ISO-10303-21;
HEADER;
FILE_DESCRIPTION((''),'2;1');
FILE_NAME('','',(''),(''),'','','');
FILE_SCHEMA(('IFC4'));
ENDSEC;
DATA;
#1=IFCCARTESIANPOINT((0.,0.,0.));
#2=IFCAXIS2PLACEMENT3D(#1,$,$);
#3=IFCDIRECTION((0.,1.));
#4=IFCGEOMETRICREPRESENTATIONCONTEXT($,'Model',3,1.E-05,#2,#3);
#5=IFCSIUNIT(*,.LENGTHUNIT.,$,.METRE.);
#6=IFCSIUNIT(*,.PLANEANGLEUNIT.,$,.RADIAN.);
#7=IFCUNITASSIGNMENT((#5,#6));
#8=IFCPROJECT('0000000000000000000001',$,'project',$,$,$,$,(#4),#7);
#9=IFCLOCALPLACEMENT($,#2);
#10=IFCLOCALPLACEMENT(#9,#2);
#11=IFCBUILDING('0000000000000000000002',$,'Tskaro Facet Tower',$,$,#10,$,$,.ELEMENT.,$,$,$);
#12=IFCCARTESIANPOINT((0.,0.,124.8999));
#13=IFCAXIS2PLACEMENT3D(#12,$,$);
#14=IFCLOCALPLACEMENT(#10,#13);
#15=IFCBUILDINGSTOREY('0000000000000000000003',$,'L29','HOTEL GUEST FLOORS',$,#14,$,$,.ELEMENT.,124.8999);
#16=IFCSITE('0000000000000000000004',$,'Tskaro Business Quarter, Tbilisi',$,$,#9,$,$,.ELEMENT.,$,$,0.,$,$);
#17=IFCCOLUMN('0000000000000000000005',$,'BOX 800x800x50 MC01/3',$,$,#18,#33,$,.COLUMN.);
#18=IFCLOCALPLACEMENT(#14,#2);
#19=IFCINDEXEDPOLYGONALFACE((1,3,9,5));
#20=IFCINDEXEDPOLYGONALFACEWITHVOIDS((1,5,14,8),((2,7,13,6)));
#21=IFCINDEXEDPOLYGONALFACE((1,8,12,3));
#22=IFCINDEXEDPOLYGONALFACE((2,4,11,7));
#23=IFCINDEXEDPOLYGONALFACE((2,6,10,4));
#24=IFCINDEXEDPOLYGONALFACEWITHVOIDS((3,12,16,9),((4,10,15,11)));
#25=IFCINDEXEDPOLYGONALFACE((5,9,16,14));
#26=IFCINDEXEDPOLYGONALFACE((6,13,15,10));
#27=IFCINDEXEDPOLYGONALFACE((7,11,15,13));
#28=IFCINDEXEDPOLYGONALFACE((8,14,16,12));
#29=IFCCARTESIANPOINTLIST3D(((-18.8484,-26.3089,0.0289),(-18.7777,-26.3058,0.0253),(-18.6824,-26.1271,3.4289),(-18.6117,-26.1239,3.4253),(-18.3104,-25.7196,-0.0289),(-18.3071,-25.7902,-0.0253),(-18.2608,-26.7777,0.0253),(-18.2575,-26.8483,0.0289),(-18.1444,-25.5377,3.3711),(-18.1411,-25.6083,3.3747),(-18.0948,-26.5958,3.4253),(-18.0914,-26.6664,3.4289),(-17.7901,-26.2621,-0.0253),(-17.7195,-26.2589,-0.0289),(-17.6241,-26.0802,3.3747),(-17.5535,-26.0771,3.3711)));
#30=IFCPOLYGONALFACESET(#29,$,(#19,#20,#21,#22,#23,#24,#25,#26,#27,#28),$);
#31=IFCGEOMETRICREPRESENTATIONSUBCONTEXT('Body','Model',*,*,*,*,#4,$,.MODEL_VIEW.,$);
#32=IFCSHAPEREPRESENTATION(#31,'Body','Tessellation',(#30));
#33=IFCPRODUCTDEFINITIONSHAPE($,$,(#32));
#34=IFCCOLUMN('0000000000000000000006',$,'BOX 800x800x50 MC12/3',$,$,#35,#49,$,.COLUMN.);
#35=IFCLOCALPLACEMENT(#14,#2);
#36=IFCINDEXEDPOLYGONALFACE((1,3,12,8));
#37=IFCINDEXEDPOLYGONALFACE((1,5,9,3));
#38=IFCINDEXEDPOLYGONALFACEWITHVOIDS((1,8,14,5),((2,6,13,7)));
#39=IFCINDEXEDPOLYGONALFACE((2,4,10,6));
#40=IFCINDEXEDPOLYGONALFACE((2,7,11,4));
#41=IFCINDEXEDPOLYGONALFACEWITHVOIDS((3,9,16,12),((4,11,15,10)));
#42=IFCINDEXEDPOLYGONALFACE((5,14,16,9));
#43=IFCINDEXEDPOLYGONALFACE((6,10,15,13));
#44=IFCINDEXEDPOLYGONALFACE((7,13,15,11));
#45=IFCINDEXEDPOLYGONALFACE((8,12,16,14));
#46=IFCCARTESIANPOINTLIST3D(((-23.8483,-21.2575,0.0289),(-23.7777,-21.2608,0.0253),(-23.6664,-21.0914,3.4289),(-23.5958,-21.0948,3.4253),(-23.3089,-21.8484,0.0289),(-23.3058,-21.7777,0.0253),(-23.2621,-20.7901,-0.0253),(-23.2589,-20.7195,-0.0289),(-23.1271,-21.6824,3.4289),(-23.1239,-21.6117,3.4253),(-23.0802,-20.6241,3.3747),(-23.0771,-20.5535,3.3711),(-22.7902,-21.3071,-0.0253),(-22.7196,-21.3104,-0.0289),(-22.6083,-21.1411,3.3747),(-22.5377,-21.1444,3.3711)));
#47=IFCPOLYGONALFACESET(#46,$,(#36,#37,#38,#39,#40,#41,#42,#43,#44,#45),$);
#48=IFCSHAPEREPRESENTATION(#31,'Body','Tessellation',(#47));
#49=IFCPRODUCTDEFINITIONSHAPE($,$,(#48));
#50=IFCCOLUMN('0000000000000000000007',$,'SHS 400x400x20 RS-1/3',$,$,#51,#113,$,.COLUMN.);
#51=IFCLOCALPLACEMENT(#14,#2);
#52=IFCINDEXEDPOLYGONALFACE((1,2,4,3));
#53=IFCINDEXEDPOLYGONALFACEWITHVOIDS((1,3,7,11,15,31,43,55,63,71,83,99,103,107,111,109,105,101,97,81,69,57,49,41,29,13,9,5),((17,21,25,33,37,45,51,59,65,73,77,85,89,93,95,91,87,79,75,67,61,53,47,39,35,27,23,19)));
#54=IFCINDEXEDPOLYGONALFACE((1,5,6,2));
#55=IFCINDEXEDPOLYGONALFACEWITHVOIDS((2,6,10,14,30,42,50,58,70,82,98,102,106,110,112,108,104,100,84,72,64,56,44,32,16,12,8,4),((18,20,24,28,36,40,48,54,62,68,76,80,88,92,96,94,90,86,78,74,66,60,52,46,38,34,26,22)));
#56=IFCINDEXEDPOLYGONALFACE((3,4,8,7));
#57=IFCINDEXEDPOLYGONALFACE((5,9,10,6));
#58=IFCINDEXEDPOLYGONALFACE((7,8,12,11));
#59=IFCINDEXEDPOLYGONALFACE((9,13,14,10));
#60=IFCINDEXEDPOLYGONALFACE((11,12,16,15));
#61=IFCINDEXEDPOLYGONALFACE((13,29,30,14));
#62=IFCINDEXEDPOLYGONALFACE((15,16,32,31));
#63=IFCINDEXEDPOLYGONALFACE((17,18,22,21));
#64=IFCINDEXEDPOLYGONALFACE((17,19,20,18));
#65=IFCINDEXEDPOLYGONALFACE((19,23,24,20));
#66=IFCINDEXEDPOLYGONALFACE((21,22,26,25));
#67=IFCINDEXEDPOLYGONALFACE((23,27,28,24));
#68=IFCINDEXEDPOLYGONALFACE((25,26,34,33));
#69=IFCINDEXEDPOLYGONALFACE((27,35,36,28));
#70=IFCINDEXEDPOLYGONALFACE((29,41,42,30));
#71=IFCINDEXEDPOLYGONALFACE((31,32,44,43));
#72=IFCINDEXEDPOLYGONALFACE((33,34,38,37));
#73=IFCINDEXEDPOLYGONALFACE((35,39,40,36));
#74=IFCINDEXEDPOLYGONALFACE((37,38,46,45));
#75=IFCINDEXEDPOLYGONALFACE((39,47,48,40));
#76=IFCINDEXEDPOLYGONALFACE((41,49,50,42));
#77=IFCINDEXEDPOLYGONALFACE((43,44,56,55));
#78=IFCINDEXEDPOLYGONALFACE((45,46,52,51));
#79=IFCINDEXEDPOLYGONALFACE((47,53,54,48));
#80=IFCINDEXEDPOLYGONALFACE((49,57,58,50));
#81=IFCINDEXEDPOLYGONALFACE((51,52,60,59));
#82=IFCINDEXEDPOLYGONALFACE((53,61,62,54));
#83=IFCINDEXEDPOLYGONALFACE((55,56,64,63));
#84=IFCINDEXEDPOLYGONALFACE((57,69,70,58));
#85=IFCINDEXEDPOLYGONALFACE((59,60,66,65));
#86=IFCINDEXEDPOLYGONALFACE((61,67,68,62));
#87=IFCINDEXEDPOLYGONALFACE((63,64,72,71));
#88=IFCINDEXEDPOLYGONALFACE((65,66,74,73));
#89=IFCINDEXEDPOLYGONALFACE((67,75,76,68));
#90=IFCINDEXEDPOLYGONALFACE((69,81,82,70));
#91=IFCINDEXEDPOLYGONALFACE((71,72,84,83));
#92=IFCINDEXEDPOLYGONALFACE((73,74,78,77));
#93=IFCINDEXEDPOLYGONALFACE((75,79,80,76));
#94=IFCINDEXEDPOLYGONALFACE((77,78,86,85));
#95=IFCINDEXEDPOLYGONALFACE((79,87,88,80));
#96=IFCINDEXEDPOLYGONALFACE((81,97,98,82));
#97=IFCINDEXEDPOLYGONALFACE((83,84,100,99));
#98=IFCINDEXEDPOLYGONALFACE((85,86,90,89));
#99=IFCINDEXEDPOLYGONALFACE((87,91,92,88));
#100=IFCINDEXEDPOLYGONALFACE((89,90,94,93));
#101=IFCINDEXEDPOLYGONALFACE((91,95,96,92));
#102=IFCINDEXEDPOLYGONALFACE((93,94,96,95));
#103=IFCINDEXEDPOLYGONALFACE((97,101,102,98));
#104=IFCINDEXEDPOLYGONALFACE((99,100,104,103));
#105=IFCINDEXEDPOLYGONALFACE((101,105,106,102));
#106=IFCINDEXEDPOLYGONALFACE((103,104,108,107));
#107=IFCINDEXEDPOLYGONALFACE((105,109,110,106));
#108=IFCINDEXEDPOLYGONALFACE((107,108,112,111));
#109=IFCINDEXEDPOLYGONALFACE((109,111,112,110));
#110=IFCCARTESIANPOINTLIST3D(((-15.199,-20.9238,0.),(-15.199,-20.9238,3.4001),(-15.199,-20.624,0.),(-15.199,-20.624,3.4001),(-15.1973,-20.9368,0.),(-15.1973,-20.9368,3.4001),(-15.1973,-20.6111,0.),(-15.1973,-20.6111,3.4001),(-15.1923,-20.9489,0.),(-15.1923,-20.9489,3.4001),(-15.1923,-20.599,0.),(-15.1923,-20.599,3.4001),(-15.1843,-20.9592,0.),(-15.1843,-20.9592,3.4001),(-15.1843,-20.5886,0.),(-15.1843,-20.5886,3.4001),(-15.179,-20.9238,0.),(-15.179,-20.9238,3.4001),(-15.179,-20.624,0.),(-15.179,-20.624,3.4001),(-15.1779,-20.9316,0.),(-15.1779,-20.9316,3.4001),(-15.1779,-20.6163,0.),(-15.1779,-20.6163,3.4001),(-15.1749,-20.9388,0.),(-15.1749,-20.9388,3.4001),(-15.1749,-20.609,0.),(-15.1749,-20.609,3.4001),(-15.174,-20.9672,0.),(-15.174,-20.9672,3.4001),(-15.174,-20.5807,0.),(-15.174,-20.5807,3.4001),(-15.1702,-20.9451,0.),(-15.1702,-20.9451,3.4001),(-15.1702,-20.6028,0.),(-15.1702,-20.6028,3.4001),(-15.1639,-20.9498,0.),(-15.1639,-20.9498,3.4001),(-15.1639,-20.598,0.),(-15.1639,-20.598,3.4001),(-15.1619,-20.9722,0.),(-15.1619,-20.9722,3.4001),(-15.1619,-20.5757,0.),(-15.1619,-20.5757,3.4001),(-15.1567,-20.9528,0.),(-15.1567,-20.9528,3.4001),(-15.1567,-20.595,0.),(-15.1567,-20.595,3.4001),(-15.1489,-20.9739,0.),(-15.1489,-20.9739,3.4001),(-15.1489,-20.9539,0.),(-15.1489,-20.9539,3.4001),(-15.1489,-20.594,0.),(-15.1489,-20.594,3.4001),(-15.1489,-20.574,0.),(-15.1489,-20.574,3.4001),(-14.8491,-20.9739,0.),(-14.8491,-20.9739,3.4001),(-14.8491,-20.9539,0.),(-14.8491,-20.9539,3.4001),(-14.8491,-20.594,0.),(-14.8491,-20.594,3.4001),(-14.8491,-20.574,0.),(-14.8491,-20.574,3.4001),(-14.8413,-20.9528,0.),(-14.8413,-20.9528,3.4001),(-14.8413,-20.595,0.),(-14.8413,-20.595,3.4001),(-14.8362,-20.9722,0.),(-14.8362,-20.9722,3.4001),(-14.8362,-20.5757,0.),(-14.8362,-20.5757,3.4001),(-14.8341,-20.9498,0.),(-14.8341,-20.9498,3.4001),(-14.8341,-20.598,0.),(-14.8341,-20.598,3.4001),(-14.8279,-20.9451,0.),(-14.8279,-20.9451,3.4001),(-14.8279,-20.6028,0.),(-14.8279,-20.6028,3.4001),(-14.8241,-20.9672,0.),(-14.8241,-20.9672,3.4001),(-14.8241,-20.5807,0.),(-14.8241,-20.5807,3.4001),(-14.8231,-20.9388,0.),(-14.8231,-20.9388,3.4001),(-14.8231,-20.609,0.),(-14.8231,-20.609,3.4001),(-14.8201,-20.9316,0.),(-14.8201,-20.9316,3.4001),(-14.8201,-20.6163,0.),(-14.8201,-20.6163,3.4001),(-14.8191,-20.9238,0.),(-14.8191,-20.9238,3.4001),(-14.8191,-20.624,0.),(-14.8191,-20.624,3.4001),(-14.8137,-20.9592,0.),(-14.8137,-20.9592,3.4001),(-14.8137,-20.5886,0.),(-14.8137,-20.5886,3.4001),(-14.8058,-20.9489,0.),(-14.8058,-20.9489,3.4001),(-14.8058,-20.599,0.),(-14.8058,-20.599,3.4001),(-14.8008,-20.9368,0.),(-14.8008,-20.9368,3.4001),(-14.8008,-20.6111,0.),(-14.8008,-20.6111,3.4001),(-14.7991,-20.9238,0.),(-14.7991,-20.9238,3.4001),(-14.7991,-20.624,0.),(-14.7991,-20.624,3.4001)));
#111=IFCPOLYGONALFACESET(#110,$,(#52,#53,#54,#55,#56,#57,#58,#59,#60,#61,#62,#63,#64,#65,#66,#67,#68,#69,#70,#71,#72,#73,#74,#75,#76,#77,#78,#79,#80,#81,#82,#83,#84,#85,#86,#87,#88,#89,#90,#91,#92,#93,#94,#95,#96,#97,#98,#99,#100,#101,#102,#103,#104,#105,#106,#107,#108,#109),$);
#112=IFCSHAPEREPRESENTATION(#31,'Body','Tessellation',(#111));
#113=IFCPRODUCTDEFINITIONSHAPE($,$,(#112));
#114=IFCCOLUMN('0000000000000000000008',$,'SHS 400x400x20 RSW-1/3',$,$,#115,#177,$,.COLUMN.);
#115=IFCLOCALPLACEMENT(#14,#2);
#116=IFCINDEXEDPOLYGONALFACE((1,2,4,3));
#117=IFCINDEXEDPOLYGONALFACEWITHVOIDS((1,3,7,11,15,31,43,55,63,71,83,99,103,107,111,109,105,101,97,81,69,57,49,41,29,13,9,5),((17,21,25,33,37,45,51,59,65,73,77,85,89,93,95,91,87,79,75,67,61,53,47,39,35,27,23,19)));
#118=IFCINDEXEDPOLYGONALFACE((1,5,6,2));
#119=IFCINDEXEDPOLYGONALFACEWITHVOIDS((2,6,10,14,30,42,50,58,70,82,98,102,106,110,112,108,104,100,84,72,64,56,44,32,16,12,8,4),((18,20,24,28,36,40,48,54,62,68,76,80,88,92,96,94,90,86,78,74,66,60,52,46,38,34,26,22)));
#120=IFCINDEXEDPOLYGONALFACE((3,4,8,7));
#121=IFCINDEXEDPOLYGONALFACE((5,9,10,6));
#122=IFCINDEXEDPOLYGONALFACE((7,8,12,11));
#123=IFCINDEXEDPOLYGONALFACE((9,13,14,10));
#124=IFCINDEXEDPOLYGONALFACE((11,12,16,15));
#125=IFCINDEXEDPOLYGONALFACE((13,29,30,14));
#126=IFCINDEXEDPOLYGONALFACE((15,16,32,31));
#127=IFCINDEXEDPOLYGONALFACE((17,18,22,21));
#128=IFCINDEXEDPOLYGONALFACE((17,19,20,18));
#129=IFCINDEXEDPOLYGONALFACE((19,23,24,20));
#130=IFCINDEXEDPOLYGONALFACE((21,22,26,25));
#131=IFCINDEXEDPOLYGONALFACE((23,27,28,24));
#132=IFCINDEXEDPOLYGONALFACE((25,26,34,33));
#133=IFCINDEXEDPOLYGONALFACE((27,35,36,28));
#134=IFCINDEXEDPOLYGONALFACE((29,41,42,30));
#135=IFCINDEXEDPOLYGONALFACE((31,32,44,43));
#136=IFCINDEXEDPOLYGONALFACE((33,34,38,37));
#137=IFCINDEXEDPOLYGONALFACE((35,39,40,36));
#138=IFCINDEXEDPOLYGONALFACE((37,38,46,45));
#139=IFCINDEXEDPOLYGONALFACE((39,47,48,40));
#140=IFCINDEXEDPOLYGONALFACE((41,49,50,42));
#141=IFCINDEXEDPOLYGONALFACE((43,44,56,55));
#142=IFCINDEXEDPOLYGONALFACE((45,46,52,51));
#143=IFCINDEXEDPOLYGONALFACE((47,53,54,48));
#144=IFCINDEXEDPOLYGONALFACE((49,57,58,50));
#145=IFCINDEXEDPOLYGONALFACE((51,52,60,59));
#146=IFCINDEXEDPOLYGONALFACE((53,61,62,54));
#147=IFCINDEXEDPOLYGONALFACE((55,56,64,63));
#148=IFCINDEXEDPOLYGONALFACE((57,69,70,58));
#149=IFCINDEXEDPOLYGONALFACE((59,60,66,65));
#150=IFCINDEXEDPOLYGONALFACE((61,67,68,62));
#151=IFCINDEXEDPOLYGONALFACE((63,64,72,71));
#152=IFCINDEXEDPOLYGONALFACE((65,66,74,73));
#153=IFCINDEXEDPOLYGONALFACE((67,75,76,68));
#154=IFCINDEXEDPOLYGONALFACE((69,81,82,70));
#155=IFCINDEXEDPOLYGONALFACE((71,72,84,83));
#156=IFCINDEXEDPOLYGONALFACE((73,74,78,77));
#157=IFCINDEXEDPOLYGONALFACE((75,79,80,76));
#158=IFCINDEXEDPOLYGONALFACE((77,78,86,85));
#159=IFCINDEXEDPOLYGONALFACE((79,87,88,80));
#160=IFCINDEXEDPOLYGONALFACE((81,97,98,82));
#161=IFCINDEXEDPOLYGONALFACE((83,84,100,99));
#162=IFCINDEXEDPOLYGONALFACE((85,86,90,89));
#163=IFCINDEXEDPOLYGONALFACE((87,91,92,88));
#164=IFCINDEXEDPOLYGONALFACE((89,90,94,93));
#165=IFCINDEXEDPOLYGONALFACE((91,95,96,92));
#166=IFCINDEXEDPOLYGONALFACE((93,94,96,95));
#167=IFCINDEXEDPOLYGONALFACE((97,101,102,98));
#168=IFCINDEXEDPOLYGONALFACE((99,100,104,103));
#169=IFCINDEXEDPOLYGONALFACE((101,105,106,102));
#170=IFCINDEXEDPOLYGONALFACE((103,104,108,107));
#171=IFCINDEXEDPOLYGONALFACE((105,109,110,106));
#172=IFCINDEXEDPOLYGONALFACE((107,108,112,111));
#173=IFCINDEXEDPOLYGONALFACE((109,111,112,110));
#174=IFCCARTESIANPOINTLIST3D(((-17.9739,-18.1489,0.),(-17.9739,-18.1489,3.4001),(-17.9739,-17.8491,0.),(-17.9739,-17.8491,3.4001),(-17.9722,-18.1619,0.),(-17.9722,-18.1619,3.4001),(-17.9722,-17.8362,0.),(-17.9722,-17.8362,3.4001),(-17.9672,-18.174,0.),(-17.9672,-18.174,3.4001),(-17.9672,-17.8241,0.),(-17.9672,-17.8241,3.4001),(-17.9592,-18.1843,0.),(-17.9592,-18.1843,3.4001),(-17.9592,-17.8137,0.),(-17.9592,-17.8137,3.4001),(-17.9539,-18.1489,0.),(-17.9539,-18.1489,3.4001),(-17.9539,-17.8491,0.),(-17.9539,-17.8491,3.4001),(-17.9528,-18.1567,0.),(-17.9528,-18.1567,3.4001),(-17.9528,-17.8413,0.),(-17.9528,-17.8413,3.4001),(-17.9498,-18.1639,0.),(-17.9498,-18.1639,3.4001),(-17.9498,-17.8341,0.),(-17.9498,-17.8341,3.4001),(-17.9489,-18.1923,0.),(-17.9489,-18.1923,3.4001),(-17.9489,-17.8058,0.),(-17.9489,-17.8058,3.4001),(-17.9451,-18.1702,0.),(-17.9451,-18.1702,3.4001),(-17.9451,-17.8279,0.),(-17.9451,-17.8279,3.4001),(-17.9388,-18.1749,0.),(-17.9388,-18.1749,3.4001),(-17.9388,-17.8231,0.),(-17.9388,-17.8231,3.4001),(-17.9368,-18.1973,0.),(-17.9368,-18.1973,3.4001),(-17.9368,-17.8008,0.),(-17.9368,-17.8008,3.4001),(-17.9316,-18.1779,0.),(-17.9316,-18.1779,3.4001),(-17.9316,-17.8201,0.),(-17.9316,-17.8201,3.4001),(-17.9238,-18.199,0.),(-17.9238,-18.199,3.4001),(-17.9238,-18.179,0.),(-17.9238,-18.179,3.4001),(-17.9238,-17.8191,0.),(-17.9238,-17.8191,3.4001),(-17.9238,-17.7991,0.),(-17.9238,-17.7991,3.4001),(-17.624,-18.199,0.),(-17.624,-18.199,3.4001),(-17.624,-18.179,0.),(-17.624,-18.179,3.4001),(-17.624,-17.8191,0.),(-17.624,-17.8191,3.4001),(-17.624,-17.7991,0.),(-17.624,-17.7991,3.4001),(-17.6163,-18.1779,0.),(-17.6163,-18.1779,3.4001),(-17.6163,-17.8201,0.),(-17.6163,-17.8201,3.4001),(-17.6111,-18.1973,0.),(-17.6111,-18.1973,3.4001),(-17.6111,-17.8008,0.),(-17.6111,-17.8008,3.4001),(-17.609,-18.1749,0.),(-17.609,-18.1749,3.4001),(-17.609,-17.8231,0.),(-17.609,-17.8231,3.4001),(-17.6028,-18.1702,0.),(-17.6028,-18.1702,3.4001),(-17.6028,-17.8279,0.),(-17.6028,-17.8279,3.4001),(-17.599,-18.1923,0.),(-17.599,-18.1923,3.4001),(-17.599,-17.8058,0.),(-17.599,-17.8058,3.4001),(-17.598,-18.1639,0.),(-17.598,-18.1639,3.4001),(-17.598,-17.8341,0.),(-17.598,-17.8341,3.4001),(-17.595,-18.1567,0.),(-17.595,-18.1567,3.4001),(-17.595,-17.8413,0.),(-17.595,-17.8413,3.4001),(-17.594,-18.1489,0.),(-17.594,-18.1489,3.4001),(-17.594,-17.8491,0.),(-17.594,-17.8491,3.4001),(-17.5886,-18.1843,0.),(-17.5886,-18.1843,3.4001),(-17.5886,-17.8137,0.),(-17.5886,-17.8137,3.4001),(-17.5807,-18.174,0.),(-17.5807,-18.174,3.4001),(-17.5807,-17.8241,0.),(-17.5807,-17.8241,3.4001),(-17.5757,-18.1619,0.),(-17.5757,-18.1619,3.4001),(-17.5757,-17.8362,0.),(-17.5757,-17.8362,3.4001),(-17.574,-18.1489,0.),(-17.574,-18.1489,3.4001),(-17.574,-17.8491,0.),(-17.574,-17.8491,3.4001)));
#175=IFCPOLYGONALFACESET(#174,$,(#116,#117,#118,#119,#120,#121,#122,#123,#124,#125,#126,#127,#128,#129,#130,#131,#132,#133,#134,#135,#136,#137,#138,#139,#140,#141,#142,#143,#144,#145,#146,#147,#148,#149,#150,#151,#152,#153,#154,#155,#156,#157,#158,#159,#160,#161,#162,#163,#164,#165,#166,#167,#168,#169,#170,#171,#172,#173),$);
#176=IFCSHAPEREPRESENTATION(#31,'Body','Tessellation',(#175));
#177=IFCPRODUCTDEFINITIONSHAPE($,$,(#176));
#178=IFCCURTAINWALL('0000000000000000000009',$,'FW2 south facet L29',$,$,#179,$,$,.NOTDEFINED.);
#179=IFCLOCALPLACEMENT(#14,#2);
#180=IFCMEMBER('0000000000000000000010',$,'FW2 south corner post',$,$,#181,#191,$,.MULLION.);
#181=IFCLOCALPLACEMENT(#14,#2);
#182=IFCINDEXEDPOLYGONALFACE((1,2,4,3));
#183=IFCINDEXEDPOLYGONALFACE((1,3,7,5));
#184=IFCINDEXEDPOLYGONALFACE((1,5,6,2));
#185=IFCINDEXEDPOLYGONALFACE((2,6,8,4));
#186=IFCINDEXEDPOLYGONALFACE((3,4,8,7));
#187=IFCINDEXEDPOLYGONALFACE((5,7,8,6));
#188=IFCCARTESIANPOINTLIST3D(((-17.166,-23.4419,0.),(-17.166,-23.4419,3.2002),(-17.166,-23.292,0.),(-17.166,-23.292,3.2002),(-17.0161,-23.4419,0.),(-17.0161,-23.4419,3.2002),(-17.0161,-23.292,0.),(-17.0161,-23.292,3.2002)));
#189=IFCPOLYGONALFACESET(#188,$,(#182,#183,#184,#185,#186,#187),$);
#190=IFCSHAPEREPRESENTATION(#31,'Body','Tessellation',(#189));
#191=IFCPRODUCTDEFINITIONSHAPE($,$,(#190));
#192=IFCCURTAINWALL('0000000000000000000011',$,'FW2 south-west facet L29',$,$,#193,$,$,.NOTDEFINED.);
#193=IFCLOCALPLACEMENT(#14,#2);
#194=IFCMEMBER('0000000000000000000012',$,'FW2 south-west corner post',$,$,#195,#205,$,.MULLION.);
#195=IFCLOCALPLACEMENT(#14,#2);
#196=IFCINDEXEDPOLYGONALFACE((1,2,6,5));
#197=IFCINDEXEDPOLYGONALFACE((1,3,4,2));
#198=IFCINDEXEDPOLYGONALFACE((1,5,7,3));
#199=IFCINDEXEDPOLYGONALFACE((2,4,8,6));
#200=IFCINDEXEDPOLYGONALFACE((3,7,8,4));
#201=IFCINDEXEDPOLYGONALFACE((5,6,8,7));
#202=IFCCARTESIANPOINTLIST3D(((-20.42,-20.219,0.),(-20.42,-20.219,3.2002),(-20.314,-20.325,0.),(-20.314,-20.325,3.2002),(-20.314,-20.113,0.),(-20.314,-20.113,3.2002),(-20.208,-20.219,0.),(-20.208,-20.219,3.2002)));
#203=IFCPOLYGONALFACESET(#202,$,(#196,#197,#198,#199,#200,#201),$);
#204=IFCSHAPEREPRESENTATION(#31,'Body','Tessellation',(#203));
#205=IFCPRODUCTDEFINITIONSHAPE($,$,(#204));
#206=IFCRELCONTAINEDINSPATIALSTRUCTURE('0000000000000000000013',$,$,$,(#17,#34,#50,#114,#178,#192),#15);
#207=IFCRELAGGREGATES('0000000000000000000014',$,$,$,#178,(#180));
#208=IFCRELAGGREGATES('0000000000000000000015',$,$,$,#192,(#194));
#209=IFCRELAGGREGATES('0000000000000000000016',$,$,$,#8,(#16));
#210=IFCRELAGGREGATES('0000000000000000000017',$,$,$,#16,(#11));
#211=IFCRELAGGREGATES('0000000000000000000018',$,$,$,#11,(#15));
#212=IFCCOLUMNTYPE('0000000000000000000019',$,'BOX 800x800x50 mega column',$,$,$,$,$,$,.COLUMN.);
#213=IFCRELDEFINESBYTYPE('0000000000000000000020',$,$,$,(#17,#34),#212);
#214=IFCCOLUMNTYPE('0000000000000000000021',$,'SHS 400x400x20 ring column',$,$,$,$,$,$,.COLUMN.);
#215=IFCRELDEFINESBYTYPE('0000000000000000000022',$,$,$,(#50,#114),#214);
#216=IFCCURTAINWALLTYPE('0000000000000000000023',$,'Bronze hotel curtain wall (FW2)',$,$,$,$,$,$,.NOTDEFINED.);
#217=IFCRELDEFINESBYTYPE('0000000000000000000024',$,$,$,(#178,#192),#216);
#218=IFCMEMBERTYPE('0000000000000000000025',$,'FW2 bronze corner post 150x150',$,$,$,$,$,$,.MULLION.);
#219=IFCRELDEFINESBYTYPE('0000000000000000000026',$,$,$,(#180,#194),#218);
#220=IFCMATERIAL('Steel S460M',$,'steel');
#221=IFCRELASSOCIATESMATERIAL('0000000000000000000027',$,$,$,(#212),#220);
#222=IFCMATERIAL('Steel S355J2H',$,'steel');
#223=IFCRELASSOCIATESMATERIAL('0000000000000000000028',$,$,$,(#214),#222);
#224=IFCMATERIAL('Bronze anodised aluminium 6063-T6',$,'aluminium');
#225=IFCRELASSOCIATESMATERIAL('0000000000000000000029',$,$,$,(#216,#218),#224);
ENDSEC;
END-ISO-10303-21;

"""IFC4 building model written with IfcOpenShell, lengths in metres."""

from ifc_helpers import new_model, si_unit, direction, frame, origin, origin_2d, place, context, subcontext, project, spatial, rectangle, hollow_rectangle, extrude, material, material_profile, profile_set, type_object, element, aggregate, save


model = new_model("IFC4")

# Units and contexts
model_context = context("Model", 3, precision=1e-05, world=origin(), true_north=direction((0.0, 1.0)))
body_context = subcontext(model_context, "Body", "Model", "MODEL_VIEW")
ifc_project = project(units=[si_unit("LENGTHUNIT", "METRE"), si_unit("PLANEANGLEUNIT", "RADIAN")], contexts=[model_context])

# Site, building, storey
site_placement = place(None, origin())
site = spatial("IfcSite", under=ifc_project, at=site_placement, Name="Tskaro Business Quarter, Tbilisi", CompositionType="ELEMENT", RefElevation=0.0)
building_placement = place(site_placement, origin())
building = spatial("IfcBuilding", under=site, at=building_placement, Name="Tskaro Facet Tower", CompositionType="ELEMENT")
storey_placement = place(building_placement, frame((0.0, 0.0, 124.8999)))
storey = spatial("IfcBuildingStorey", under=building, at=storey_placement, Name="L29", Description="HOTEL GUEST FLOORS", CompositionType="ELEMENT", Elevation=124.8999)

# Columns
ifc_material_1 = material(Name="Steel S460M", Category="steel")
ifc_material_profile_1 = material_profile(ifc_material_1, hollow_rectangle(XDim=0.8, YDim=0.8, WallThickness=0.05, at=origin_2d()), Name="BOX 800x800x50")
ifc_profile_set_1 = profile_set([ifc_material_profile_1], Name="Steel S460M")
column_type_1 = type_object("IfcColumnType", Name="BOX 800x800x50 mega column", PredefinedType="COLUMN", material=ifc_profile_set_1)
for number, where, z_axis, x_axis, name in (
    (1, (-18.2839, -26.2839, 0.0), (0.048698, 0.053353, 0.997388), (-0.738593, 0.674152, 0.0), "BOX 800x800x50 MC01/3"),
    (2, (-23.2839, -21.2839, 0.0), (0.053353, 0.048698, 0.997388), (-0.674152, 0.738593, 0.0), "BOX 800x800x50 MC12/3"),
):
    element("IfcColumn", number, at=place(storey_placement, frame(where, z_axis=z_axis, x_axis=x_axis)), inside=storey, type_object=column_type_1, Name=name, PredefinedType="COLUMN", context=body_context, shape_type="SweptSolid", body=[
        extrude(hollow_rectangle(XDim=0.8, YDim=0.8, WallThickness=0.05, at=origin_2d()), origin(), (0.0, 0.0, 1.0), 3.4089),
    ])
ifc_material_2 = material(Name="Steel S355J2H", Category="steel")
ifc_material_profile_2 = material_profile(ifc_material_2, hollow_rectangle(XDim=0.3999, YDim=0.3999, WallThickness=0.02, InnerFilletRadius=0.03, OuterFilletRadius=0.05, at=origin_2d()), Name="SHS 400x400x20")
ifc_profile_set_2 = profile_set([ifc_material_profile_2], Name="Steel S355J2H")
column_type_2 = type_object("IfcColumnType", Name="SHS 400x400x20 ring column", PredefinedType="COLUMN", material=ifc_profile_set_2)
for number, where, z_axis, x_axis, name in (
    (3, (-14.999, -20.7739, 0.0), (0.0, 0.0, 1.0), (1.0, 0.0, 0.0), "SHS 400x400x20 RS-1/3"),
    (4, (-17.7739, -17.999, 0.0), (0.0, 0.0, 1.0), (1.0, 0.0, 0.0), "SHS 400x400x20 RSW-1/3"),
):
    element("IfcColumn", number, at=place(storey_placement, frame(where, z_axis=z_axis, x_axis=x_axis)), inside=storey, type_object=column_type_2, Name=name, PredefinedType="COLUMN", context=body_context, shape_type="SweptSolid", body=[
        extrude(hollow_rectangle(XDim=0.3999, YDim=0.3999, WallThickness=0.02, InnerFilletRadius=0.03, OuterFilletRadius=0.05, at=origin_2d()), origin(), (0.0, 0.0, 1.0), 3.4001),
    ])

# Curtain walls, members
ifc_material_3 = material(Name="Bronze anodised aluminium 6063-T6", Category="aluminium")
curtain_wall_type = type_object("IfcCurtainWallType", Name="Bronze hotel curtain wall (FW2)", PredefinedType="NOTDEFINED", material=ifc_material_3)
curtain_wall_1_placement = place(storey_placement, origin())
curtain_wall_1 = element("IfcCurtainWall", 5, at=curtain_wall_1_placement, inside=storey, type_object=curtain_wall_type, Name="FW2 south facet L29", PredefinedType="NOTDEFINED")
ifc_material_profile_3 = material_profile(ifc_material_3, rectangle(XDim=0.1499, YDim=0.1499, at=origin_2d()), Name="Corner post 150x150")
ifc_profile_set_3 = profile_set([ifc_material_profile_3], Name="Bronze anodised aluminium 6063-T6")
member_type_1 = type_object("IfcMemberType", Name="FW2 bronze corner post 150x150", PredefinedType="MULLION", material=ifc_profile_set_3)
member_1_placement = place(storey_placement, frame((-17.0911, -23.3669, 0.0), z_axis=(0.0, 0.0, 1.0), x_axis=(1.0, 0.0, 0.0)))
member_1 = element("IfcMember", 6, at=member_1_placement, type_object=member_type_1, Name="FW2 south corner post", PredefinedType="MULLION", context=body_context, shape_type="SweptSolid", body=[
    extrude(rectangle(XDim=0.1499, YDim=0.1499, at=origin_2d()), origin(), (0.0, 0.0, 1.0), 3.2002),
])
curtain_wall_2_placement = place(storey_placement, origin())
curtain_wall_2 = element("IfcCurtainWall", 7, at=curtain_wall_2_placement, inside=storey, type_object=curtain_wall_type, Name="FW2 south-west facet L29", PredefinedType="NOTDEFINED")
member_2_placement = place(storey_placement, frame((-20.314, -20.219, 0.0), z_axis=(0.0, 0.0, 1.0), x_axis=(0.707107, -0.707107, 0.0)))
member_2 = element("IfcMember", 8, at=member_2_placement, type_object=member_type_1, Name="FW2 south-west corner post", PredefinedType="MULLION", context=body_context, shape_type="SweptSolid", body=[
    extrude(rectangle(XDim=0.1499, YDim=0.1499, at=origin_2d()), origin(), (0.0, 0.0, 1.0), 3.2002),
])

aggregate(curtain_wall_1, [member_1])
aggregate(curtain_wall_2, [member_2])

save(model, "model.ifc")
